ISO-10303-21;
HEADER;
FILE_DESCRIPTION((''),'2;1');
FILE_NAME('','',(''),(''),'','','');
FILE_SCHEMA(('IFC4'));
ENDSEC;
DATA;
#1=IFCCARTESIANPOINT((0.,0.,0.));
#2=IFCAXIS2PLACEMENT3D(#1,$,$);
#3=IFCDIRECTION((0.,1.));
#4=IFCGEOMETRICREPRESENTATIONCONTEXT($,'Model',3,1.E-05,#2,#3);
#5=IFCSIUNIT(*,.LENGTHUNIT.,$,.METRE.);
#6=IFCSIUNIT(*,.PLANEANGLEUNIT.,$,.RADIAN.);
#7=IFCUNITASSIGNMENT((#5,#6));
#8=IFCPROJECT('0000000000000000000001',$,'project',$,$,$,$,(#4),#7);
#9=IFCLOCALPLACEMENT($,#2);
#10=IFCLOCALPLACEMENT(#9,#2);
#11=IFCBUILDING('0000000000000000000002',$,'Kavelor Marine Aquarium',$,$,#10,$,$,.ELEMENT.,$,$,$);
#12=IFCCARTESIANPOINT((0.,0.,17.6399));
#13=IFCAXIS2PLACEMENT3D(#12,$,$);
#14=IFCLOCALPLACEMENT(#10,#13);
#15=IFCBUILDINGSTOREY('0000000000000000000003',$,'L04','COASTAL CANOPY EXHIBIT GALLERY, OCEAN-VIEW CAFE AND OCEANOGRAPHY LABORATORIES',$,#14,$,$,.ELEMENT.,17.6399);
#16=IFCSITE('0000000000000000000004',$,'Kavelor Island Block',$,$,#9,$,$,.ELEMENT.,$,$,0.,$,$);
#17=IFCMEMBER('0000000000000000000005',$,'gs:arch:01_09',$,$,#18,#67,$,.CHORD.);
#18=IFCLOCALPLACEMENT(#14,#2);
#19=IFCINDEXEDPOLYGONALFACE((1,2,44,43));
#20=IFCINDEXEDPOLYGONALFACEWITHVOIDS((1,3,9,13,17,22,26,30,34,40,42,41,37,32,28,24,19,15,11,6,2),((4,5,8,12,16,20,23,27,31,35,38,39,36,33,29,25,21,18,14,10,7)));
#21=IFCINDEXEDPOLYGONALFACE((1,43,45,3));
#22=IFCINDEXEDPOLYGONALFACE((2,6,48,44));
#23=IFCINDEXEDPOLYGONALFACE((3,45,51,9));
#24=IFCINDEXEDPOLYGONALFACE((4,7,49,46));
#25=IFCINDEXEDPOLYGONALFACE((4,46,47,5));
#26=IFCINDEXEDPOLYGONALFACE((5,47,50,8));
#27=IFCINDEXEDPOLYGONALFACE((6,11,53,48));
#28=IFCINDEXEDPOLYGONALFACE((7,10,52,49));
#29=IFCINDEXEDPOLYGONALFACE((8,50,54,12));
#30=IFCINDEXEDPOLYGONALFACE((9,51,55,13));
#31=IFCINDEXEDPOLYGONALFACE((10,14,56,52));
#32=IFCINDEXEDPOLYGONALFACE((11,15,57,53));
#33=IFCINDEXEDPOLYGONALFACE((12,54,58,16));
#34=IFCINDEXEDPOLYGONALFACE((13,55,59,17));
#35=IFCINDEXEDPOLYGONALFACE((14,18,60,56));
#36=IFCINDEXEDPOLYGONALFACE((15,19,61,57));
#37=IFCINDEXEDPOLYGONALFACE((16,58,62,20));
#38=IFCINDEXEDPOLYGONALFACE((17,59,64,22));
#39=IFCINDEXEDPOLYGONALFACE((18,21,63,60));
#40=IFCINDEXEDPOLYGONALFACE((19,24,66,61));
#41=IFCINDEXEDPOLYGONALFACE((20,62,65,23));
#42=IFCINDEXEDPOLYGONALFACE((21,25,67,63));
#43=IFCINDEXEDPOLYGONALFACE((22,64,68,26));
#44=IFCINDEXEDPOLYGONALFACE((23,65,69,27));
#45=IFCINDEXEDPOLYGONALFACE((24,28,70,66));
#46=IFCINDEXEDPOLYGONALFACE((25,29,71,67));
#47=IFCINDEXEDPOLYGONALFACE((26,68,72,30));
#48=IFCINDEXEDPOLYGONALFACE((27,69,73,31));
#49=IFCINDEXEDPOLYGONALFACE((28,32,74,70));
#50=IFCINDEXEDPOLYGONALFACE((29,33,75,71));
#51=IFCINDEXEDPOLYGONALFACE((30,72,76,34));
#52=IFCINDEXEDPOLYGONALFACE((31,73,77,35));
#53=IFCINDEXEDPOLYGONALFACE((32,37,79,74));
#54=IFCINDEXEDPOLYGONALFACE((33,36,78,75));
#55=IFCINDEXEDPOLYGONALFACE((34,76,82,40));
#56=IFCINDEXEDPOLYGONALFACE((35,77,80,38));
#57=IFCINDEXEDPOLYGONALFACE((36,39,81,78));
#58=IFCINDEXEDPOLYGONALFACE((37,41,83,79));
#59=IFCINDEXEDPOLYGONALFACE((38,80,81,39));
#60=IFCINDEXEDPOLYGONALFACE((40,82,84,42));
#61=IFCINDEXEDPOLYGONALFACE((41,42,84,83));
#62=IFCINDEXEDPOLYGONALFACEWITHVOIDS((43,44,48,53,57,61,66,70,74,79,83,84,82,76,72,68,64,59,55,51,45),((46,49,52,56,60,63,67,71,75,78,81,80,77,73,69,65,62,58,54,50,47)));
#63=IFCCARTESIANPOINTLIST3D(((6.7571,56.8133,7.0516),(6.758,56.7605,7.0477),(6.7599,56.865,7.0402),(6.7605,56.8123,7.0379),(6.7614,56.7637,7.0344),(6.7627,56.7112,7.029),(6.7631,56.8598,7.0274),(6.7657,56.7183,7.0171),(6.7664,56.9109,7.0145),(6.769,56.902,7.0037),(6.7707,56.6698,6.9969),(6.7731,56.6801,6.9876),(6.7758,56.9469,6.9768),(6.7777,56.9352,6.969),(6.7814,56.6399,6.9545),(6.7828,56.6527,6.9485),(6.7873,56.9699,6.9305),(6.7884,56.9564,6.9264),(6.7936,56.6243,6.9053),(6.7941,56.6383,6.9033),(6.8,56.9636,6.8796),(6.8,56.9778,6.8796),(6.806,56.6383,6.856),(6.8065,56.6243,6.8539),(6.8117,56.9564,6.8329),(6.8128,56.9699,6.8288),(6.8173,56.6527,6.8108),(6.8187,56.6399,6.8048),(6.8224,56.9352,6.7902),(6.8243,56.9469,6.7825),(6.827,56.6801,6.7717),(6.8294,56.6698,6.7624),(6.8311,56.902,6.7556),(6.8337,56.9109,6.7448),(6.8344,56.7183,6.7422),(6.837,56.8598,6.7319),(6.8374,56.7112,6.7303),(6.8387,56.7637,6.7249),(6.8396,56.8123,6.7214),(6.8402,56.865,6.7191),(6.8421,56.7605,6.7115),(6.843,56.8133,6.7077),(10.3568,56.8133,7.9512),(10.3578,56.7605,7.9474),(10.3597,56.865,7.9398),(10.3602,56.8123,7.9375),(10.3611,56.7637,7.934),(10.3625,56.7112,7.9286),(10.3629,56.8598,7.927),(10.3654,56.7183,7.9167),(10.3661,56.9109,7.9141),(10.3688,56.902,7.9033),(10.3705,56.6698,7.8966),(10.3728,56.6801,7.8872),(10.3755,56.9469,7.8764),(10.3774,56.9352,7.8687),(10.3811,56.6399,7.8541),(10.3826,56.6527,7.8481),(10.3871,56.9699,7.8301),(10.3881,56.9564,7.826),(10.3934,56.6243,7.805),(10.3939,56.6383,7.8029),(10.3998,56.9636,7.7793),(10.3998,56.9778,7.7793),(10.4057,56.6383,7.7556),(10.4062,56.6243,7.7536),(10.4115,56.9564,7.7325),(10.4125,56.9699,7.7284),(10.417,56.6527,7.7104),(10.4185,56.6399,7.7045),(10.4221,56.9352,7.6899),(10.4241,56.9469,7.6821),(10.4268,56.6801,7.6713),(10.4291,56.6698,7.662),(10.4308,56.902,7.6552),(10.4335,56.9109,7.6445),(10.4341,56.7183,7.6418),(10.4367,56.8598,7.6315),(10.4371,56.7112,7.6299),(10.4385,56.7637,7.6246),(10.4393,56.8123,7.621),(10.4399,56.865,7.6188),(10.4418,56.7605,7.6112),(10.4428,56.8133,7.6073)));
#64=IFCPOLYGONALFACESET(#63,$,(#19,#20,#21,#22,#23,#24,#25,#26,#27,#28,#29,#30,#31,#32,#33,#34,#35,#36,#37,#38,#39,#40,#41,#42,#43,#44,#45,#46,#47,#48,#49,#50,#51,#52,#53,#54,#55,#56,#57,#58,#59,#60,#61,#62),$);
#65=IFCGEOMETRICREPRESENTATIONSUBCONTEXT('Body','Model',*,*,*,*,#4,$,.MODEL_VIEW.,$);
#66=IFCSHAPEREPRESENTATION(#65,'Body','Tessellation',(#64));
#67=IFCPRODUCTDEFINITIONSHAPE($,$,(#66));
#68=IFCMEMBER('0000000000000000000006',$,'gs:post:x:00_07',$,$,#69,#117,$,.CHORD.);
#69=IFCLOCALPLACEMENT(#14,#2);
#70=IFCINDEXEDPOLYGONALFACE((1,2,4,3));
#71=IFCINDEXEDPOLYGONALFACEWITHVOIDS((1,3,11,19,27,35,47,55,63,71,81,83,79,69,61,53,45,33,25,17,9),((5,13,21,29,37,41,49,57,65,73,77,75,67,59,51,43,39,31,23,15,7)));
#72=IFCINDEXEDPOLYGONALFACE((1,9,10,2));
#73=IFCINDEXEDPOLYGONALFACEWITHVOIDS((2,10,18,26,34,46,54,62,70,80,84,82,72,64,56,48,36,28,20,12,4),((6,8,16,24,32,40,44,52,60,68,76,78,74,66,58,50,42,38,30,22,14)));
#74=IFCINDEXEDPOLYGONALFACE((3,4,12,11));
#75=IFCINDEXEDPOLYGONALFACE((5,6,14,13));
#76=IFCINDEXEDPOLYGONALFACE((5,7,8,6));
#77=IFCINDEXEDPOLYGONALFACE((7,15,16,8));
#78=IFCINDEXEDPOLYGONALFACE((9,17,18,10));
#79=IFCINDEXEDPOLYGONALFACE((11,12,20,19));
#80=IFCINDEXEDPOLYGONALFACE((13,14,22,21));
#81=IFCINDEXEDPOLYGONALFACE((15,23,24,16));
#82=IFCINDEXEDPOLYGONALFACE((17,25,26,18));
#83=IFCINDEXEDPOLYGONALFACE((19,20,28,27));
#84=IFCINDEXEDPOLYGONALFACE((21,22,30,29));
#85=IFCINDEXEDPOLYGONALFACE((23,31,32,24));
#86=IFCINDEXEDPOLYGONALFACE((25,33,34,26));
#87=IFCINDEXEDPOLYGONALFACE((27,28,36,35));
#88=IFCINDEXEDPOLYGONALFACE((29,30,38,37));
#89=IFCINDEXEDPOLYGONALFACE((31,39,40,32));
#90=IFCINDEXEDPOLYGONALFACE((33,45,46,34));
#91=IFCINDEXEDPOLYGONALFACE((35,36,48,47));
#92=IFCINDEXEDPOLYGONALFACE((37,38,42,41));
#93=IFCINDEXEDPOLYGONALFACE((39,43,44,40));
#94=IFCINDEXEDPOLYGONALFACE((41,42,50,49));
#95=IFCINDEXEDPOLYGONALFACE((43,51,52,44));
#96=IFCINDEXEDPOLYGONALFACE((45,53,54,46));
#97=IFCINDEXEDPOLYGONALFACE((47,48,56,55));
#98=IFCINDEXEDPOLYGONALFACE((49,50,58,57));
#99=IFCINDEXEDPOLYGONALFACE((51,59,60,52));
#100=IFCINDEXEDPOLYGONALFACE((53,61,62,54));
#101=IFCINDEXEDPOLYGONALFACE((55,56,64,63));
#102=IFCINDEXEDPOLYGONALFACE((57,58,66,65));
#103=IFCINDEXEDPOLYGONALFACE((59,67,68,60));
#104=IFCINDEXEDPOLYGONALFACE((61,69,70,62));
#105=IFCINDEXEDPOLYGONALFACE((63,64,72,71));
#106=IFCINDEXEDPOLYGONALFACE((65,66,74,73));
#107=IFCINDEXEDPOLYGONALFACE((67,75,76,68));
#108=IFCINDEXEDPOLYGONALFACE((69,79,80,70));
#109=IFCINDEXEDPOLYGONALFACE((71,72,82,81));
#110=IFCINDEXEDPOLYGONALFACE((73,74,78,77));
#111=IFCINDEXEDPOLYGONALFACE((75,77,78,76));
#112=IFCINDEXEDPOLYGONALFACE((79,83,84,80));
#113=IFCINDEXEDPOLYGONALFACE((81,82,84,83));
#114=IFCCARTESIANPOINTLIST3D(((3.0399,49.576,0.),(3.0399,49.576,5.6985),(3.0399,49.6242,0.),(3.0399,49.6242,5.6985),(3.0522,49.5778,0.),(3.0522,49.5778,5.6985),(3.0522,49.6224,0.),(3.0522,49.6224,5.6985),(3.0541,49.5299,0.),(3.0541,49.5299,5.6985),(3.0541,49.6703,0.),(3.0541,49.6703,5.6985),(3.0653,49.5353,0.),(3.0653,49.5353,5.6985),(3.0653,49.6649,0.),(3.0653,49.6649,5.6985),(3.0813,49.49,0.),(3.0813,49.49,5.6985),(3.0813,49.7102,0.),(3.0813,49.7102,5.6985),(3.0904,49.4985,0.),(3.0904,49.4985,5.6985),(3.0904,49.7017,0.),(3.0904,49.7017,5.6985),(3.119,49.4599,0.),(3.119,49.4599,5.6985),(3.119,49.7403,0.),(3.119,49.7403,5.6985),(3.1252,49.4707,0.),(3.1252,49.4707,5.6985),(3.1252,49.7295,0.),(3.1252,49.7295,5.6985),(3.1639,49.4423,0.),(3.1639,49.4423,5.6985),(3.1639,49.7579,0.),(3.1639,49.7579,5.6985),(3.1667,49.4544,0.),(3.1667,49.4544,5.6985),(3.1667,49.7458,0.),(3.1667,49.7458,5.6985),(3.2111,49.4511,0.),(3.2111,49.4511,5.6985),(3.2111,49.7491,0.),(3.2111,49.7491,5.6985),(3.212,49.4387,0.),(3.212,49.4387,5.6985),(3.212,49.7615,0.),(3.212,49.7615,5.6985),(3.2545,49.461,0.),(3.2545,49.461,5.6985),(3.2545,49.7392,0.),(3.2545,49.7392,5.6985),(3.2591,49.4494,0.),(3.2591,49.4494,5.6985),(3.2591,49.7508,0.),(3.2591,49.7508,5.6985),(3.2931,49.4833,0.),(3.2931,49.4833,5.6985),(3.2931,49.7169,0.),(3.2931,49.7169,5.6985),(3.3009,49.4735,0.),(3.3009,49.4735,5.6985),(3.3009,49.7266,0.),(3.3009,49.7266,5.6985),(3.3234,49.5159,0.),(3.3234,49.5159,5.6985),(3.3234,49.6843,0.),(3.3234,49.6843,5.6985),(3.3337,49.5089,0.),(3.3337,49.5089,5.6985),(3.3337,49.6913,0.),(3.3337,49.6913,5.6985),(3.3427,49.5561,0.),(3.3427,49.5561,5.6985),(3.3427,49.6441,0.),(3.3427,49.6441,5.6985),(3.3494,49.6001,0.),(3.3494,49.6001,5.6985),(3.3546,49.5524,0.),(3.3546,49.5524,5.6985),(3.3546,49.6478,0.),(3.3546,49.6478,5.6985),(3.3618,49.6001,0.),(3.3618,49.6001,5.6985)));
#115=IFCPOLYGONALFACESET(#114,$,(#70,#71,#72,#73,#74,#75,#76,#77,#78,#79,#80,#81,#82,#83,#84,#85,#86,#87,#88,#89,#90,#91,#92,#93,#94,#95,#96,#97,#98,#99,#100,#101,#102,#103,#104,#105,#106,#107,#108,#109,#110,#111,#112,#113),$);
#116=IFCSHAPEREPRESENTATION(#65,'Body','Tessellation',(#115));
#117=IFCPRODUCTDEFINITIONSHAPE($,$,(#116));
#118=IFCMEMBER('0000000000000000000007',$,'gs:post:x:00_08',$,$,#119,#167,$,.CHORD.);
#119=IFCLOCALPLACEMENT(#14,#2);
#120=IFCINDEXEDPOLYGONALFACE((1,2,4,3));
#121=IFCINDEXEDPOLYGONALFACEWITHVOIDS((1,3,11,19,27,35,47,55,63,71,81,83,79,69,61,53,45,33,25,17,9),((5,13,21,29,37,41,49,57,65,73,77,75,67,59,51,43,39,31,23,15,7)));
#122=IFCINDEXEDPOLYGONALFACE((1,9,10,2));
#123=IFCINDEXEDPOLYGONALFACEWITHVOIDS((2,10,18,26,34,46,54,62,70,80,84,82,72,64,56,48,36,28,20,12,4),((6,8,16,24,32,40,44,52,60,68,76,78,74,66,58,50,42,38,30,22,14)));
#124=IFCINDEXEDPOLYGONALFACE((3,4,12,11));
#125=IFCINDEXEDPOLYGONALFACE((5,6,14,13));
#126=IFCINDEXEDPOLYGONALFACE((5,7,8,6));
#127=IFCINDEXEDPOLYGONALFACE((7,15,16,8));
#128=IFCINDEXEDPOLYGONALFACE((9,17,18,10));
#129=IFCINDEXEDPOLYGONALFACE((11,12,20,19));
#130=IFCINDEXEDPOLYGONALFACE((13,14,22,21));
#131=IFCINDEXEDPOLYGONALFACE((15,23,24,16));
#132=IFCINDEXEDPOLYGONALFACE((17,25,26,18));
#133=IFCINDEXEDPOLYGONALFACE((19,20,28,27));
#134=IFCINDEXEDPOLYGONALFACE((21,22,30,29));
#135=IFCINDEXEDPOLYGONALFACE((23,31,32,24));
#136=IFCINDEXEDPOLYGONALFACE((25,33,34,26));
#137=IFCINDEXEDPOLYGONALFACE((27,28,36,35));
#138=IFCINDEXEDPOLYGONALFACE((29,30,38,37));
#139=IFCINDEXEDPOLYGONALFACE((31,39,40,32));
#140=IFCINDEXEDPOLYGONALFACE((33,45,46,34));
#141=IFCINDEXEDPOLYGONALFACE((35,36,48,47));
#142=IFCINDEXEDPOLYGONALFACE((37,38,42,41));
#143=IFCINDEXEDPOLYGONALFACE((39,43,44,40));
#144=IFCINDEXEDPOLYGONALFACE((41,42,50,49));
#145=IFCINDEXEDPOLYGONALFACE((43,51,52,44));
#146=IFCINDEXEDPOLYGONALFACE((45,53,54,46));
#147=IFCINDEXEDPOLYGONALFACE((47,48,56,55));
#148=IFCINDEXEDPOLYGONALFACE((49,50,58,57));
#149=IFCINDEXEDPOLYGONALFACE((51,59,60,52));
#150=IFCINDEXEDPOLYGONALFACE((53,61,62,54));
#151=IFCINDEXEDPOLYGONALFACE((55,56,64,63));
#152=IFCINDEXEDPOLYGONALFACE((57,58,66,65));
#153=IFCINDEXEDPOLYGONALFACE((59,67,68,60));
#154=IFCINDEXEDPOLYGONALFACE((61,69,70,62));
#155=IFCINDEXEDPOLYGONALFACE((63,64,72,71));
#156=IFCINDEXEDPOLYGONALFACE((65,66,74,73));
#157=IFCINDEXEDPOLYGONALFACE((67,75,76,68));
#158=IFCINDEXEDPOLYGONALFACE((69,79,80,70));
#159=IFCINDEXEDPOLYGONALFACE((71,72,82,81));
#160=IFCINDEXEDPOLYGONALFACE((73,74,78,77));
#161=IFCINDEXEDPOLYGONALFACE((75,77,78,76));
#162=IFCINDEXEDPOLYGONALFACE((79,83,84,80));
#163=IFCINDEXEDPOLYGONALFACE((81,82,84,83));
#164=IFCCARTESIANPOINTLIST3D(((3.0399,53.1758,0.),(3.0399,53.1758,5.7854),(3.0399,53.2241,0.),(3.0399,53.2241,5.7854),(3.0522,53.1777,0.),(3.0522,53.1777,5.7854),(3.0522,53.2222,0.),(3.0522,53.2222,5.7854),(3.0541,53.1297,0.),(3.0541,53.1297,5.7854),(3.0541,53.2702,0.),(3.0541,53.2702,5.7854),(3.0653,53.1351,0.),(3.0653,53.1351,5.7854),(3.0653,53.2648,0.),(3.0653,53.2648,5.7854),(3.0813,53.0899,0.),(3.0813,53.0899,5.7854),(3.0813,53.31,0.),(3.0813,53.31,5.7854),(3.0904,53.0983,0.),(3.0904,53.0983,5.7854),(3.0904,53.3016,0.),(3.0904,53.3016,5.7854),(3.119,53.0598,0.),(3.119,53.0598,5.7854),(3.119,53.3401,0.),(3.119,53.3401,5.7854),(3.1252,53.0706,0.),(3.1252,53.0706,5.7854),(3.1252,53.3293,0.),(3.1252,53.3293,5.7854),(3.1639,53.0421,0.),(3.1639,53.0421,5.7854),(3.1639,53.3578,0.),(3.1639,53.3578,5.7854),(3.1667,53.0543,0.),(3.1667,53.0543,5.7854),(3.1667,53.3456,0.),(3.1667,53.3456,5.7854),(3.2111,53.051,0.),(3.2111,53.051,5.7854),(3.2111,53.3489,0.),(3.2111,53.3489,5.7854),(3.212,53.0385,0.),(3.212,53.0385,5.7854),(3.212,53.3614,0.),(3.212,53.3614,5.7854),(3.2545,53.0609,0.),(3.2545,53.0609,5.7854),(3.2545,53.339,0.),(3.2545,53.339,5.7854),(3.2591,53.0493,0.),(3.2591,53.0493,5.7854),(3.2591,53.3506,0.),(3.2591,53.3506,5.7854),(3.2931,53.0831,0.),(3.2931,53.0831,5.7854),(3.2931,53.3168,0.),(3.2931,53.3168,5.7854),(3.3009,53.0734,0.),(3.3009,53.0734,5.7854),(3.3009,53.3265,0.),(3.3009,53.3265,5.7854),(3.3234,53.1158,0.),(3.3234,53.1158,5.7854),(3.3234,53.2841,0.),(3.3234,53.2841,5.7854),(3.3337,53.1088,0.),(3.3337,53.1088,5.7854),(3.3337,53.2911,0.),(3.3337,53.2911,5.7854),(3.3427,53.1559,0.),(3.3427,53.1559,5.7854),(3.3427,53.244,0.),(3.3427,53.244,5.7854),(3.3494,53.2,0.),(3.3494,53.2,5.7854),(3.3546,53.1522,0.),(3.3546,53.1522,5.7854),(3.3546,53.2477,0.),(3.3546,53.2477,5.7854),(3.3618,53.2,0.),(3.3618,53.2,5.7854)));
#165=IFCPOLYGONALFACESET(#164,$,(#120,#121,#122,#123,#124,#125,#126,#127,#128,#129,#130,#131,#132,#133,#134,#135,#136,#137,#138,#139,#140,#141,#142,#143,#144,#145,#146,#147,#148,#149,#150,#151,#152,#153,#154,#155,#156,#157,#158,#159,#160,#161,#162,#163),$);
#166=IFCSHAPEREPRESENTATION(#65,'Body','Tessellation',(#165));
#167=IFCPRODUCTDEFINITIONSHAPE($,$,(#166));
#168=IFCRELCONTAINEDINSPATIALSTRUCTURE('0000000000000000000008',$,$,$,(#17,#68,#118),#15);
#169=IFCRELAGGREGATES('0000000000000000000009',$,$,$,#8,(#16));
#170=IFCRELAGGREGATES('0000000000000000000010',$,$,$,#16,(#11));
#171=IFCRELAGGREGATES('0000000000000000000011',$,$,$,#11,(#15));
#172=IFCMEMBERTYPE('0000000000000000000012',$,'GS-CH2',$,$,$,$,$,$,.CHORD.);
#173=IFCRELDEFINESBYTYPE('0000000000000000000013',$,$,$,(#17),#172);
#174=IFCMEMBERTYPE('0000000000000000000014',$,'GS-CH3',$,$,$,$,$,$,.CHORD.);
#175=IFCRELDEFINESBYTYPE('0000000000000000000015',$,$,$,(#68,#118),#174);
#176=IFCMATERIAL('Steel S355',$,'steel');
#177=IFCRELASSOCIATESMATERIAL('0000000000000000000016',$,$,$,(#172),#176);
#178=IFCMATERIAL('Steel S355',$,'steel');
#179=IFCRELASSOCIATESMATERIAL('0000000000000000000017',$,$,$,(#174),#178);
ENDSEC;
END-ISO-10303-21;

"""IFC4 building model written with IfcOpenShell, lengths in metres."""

from ifc_helpers import new_model, si_unit, direction, frame, origin, origin_2d, place, context, subcontext, project, spatial, hollow_circle, extrude, material, material_profile, profile_set, type_object, element, save


model = new_model("IFC4")

# Units and contexts
model_context = context("Model", 3, precision=1e-05, world=origin(), true_north=direction((0.0, 1.0)))
body_context = subcontext(model_context, "Body", "Model", "MODEL_VIEW")
ifc_project = project(units=[si_unit("LENGTHUNIT", "METRE"), si_unit("PLANEANGLEUNIT", "RADIAN")], contexts=[model_context])

# Site, building, storey
site_placement = place(None, origin())
site = spatial("IfcSite", under=ifc_project, at=site_placement, Name="Kavelor Island Block", CompositionType="ELEMENT", RefElevation=0.0)
building_placement = place(site_placement, origin())
building = spatial("IfcBuilding", under=site, at=building_placement, Name="Kavelor Marine Aquarium", CompositionType="ELEMENT")
storey_placement = place(building_placement, frame((0.0, 0.0, 17.6399)))
storey = spatial("IfcBuildingStorey", under=building, at=storey_placement, Name="L04", Description="COASTAL CANOPY EXHIBIT GALLERY, OCEAN-VIEW CAFE AND OCEANOGRAPHY LABORATORIES", CompositionType="ELEMENT", Elevation=17.6399)

# Members
ifc_material_1 = material(Name="Steel S355", Category="steel")
ifc_material_profile_1 = material_profile(ifc_material_1, hollow_circle(Radius=0.1777, WallThickness=0.0142, at=origin_2d()), Name="CHS 355.6x14.2")
ifc_profile_set_1 = profile_set([ifc_material_profile_1], Name="Steel S355")
member_type_1 = type_object("IfcMemberType", Name="GS-CH2", PredefinedType="CHORD", material=ifc_profile_set_1)
member_1_placement = place(storey_placement, frame((6.8, 56.8, 6.8796), z_axis=(0.970162, 0.0, 0.242458), x_axis=(0.0, 1.0, 0.0)))
element("IfcMember", 1, at=member_1_placement, inside=storey, type_object=member_type_1, Name="gs:arch:01_09", PredefinedType="CHORD", context=body_context, shape_type="SweptSolid", body=[
    extrude(hollow_circle(Radius=0.1777, WallThickness=0.0142, at=origin_2d()), origin(), (0.0, 0.0, 1.0), 3.7104),
])
ifc_material_2 = material(Name="Steel S355", Category="steel")
ifc_material_profile_2 = material_profile(ifc_material_2, hollow_circle(Radius=0.1619, WallThickness=0.0125, at=origin_2d()), Name="CHS 323.9x12.5")
ifc_profile_set_2 = profile_set([ifc_material_profile_2], Name="Steel S355")
member_type_2 = type_object("IfcMemberType", Name="GS-CH3", PredefinedType="CHORD", material=ifc_profile_set_2)
member_2_placement = place(storey_placement, frame((3.2, 49.6001, 0.0), z_axis=(0.0, 0.0, 1.0), x_axis=(1.0, 0.0, 0.0)))
element("IfcMember", 2, at=member_2_placement, inside=storey, type_object=member_type_2, Name="gs:post:x:00_07", PredefinedType="CHORD", context=body_context, shape_type="SweptSolid", body=[
    extrude(hollow_circle(Radius=0.1619, WallThickness=0.0125, at=origin_2d()), origin(), (0.0, 0.0, 1.0), 5.6985),
])
member_3_placement = place(storey_placement, frame((3.2, 53.2, 0.0), z_axis=(0.0, 0.0, 1.0), x_axis=(1.0, 0.0, 0.0)))
element("IfcMember", 3, at=member_3_placement, inside=storey, type_object=member_type_2, Name="gs:post:x:00_08", PredefinedType="CHORD", context=body_context, shape_type="SweptSolid", body=[
    extrude(hollow_circle(Radius=0.1619, WallThickness=0.0125, at=origin_2d()), origin(), (0.0, 0.0, 1.0), 5.7854),
])

save(model, "model.ifc")
